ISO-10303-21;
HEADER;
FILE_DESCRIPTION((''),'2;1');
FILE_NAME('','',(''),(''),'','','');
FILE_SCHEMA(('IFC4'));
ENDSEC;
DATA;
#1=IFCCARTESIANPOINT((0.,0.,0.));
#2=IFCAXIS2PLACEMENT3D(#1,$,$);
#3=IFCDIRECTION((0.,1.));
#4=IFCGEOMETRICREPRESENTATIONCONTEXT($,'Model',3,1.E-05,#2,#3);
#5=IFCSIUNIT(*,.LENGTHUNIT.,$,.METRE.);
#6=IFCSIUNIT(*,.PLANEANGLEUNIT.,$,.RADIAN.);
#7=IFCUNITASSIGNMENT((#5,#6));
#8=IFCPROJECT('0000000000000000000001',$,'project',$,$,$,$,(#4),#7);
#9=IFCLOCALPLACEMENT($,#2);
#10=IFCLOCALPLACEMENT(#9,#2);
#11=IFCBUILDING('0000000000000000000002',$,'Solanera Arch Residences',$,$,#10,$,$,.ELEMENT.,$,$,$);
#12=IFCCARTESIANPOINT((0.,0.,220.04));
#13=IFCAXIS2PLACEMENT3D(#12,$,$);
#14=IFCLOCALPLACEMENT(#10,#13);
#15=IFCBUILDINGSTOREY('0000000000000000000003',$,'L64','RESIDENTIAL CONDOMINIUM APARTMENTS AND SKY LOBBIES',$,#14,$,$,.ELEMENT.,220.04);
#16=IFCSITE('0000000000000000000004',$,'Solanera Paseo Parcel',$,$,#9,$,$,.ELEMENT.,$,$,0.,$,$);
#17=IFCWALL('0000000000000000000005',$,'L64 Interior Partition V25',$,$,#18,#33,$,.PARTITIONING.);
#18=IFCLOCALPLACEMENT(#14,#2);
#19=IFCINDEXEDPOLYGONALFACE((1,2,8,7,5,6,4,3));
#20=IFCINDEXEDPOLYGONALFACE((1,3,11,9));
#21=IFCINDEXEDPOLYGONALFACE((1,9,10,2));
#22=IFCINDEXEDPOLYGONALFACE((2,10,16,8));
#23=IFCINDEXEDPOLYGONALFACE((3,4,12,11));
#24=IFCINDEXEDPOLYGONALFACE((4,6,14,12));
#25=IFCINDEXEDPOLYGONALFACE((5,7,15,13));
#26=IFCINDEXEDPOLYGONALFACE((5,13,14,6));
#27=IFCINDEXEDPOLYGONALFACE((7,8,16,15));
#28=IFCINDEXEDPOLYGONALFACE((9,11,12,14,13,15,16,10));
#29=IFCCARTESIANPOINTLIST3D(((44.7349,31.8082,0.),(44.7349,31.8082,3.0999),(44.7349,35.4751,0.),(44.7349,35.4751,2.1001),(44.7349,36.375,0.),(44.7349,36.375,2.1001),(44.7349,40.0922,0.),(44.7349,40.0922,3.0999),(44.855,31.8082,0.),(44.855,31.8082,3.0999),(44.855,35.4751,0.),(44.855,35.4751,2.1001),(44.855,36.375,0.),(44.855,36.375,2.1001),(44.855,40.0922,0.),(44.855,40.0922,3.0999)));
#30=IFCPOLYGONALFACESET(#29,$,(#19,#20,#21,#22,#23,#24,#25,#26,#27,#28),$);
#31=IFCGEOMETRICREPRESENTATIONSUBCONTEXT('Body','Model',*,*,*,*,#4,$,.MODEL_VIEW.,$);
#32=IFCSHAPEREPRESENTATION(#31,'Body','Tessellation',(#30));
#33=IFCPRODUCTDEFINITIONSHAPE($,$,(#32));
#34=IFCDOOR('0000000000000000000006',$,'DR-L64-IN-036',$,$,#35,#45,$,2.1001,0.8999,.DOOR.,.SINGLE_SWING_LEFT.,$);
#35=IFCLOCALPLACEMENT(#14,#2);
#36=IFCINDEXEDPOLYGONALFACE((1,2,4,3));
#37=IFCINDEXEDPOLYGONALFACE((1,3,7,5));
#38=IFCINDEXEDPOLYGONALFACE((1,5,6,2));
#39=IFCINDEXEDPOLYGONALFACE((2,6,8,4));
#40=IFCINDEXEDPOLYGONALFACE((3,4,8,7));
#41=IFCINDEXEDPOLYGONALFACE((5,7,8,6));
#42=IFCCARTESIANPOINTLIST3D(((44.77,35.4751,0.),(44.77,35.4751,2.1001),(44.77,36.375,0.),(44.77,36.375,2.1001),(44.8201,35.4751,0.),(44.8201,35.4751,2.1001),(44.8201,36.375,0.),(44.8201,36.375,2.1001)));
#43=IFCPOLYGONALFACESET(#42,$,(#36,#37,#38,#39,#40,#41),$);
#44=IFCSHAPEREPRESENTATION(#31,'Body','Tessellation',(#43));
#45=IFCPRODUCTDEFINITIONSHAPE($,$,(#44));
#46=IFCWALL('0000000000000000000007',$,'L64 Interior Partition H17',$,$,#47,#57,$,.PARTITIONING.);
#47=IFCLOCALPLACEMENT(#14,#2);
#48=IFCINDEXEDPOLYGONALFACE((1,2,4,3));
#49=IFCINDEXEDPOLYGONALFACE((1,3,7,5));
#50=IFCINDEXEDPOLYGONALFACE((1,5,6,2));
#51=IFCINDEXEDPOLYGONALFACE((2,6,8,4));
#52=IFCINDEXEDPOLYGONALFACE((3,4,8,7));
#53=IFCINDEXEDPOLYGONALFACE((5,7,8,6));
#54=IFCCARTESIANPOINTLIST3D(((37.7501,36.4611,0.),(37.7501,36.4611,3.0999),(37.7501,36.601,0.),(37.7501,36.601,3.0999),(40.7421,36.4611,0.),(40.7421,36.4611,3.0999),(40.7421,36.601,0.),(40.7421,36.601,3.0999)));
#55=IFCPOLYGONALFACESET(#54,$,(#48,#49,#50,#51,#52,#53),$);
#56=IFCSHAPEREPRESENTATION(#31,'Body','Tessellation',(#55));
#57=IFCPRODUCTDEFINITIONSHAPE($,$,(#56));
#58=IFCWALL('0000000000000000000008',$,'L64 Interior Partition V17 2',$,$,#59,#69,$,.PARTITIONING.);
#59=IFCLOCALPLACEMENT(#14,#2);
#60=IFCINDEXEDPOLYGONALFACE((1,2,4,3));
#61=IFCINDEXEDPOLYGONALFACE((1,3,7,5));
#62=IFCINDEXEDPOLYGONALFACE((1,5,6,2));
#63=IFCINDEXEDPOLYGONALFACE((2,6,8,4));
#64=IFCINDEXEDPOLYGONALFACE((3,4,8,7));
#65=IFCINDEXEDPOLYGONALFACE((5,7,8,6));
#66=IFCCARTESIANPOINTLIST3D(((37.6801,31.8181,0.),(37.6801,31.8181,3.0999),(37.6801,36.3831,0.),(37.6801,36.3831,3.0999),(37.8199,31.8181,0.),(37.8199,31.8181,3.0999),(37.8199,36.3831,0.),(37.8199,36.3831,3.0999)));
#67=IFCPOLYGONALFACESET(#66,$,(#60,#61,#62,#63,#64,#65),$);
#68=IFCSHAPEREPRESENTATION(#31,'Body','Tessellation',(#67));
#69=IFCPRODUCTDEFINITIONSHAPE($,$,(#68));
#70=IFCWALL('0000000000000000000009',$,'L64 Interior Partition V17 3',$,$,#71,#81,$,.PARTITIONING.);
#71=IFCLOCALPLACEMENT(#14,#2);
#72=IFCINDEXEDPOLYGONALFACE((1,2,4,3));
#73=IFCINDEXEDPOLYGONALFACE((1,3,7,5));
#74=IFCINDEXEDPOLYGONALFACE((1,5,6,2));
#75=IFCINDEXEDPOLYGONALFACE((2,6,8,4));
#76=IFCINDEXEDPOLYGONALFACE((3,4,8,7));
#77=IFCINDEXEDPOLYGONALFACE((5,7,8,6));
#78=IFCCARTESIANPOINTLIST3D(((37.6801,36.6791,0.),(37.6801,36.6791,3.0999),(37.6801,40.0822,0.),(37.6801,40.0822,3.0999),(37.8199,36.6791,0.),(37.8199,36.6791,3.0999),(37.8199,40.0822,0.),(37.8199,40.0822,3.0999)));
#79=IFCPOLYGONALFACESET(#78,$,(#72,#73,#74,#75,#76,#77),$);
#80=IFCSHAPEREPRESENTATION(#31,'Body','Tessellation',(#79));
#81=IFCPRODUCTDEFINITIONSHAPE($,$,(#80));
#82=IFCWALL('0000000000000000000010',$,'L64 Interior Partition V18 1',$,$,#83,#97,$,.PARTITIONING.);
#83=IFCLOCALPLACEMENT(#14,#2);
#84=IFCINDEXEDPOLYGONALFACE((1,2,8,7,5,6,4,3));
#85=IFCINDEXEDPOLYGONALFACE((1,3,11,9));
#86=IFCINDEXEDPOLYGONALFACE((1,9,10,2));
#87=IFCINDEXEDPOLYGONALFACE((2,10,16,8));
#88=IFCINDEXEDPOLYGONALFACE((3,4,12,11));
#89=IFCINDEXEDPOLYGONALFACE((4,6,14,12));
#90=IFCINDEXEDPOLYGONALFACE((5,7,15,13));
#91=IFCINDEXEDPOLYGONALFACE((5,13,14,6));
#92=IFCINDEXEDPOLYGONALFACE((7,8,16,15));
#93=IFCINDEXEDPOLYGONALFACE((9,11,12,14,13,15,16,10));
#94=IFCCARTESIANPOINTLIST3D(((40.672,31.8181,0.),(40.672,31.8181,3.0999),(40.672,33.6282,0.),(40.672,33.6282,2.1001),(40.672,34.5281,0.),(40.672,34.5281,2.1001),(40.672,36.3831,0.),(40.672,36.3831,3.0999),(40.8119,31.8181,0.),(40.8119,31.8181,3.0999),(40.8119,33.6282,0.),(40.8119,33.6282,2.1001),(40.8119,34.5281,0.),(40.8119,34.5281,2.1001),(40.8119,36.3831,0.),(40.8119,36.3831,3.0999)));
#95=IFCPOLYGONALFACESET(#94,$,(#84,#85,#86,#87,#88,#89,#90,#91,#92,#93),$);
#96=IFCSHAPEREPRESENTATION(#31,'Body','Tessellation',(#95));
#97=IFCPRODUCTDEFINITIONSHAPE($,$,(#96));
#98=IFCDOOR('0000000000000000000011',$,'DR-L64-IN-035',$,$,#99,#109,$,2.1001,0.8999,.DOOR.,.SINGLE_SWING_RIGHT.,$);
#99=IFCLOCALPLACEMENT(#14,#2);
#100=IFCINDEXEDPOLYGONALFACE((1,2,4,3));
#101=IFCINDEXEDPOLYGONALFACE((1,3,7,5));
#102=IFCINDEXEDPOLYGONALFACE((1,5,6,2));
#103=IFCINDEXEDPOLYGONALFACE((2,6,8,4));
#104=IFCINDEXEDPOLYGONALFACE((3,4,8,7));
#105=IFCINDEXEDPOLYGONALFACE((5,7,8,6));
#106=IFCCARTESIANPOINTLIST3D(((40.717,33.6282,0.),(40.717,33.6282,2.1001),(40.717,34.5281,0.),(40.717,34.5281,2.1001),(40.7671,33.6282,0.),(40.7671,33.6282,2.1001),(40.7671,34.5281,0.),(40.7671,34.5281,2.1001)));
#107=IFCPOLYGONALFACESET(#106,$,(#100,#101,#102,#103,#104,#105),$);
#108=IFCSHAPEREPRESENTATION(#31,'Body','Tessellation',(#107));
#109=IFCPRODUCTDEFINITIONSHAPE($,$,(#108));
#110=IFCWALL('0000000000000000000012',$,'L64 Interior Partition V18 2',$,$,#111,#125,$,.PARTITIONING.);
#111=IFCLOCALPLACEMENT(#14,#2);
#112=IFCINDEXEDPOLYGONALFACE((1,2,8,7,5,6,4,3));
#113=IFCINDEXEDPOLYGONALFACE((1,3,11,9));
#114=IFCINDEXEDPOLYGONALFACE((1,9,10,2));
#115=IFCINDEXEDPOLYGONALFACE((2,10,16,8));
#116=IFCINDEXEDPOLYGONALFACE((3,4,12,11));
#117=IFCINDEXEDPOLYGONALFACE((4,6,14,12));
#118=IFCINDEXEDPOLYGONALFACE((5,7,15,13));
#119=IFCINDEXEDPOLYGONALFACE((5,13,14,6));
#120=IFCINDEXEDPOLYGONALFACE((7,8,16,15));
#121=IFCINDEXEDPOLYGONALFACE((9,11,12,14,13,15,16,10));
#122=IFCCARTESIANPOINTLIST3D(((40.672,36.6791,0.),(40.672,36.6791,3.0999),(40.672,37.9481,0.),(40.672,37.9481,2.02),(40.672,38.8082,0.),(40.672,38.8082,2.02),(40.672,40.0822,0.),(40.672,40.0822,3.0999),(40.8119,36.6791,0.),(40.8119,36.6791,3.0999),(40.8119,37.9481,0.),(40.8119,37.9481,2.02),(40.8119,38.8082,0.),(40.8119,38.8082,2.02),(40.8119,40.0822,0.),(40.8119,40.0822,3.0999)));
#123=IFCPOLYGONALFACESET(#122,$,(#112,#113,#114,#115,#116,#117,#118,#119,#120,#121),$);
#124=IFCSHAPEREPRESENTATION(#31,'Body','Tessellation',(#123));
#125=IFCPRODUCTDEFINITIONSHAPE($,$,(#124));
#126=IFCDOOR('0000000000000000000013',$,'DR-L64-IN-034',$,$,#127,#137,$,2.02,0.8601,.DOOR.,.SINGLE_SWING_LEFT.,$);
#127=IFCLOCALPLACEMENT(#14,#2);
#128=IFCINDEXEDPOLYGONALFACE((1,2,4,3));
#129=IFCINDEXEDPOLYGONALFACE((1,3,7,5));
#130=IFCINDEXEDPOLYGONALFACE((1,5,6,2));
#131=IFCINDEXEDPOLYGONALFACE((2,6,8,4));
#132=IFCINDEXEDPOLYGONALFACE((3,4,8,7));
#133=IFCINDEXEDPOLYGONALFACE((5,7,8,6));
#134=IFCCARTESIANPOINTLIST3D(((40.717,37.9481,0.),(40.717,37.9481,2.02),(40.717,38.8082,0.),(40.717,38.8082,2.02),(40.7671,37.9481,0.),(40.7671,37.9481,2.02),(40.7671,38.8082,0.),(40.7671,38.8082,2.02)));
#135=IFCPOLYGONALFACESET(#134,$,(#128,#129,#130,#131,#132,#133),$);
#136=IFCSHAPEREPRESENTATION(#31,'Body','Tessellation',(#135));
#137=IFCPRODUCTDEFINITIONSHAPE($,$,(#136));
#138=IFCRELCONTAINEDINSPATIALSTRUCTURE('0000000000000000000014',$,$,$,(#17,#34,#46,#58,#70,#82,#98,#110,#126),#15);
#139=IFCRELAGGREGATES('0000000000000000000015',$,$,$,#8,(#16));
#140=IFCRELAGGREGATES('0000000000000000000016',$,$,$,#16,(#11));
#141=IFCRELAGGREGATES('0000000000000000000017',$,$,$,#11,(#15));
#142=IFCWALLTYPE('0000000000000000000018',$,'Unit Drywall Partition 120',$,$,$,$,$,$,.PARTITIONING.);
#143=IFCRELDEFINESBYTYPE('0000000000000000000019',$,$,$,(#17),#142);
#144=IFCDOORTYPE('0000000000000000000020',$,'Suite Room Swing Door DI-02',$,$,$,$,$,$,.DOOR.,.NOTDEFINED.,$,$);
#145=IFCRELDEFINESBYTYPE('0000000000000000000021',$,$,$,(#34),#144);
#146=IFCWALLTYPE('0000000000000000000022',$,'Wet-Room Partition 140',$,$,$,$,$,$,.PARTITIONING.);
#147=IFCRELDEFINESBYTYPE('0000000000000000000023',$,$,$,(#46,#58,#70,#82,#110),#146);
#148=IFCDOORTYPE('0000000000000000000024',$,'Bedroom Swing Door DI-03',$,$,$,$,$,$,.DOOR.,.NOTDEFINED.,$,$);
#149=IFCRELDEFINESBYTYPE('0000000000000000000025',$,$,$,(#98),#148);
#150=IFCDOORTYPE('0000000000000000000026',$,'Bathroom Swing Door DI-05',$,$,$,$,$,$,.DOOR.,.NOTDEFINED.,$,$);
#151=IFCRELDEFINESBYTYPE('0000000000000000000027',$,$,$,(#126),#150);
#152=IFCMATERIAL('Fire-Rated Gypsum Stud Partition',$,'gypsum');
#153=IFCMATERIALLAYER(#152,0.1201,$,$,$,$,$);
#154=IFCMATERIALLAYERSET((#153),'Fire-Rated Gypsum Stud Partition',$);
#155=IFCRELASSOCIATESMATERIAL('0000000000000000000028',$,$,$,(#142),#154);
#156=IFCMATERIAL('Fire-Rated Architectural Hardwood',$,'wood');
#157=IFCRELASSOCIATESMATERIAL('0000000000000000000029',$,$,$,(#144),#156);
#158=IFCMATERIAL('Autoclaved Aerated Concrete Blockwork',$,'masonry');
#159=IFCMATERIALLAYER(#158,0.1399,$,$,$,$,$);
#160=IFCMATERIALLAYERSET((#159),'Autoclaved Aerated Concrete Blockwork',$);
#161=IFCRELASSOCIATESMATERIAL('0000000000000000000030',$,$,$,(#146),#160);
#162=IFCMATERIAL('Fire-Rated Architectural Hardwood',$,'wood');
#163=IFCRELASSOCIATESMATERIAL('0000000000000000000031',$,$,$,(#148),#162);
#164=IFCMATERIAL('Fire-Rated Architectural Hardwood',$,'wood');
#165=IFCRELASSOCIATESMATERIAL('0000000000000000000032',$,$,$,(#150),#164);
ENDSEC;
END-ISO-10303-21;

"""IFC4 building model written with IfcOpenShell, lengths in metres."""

from ifc_helpers import new_model, si_unit, direction, frame, frame_2d, origin, place, context, subcontext, project, spatial, rectangle, extrude, material, layer, layer_set, type_object, element, fill, save


model = new_model("IFC4")

# Units and contexts
model_context = context("Model", 3, precision=1e-05, world=origin(), true_north=direction((0.0, 1.0)))
body_context = subcontext(model_context, "Body", "Model", "MODEL_VIEW")
ifc_project = project(units=[si_unit("LENGTHUNIT", "METRE"), si_unit("PLANEANGLEUNIT", "RADIAN")], contexts=[model_context])

# Site, building, storey
site_placement = place(None, origin())
site = spatial("IfcSite", under=ifc_project, at=site_placement, Name="Solanera Paseo Parcel", CompositionType="ELEMENT", RefElevation=0.0)
building_placement = place(site_placement, origin())
building = spatial("IfcBuilding", under=site, at=building_placement, Name="Solanera Arch Residences", CompositionType="ELEMENT")
storey_placement = place(building_placement, frame((0.0, 0.0, 220.04)))
storey = spatial("IfcBuildingStorey", under=building, at=storey_placement, Name="L64", Description="RESIDENTIAL CONDOMINIUM APARTMENTS AND SKY LOBBIES", CompositionType="ELEMENT", Elevation=220.04)

# Wall, opening, door
ifc_material_1 = material(Name="Fire-Rated Gypsum Stud Partition", Category="gypsum")
ifc_layer_1 = layer(ifc_material_1, 0.1201)
ifc_layer_set_1 = layer_set([ifc_layer_1], Name="Fire-Rated Gypsum Stud Partition")
wall_type_1 = type_object("IfcWallType", Name="Unit Drywall Partition 120", PredefinedType="PARTITIONING", material=ifc_layer_set_1)
wall_1_placement = place(storey_placement, frame((44.7949, 31.8081, 0.0), z_axis=(0.0, 0.0, 1.0), x_axis=(0.0, 1.0, 0.0)))
wall_1 = element("IfcWall", 1, at=wall_1_placement, inside=storey, type_object=wall_type_1, Name="L64 Interior Partition V25", PredefinedType="PARTITIONING", context=body_context, shape_type="SweptSolid", body=[
    extrude(rectangle(XDim=8.2839, YDim=0.1201, at=frame_2d((4.1421, 0.0))), origin(), (0.0, 0.0, 1.0), 3.0999),
])
opening_1_placement = place(wall_1_placement, frame((3.667, 0.0, 0.0)))
opening_1 = element("IfcOpeningElement", 2, at=opening_1_placement, cuts=wall_1, PredefinedType="OPENING", context=body_context, shape_type="SweptSolid", body=[
    extrude(rectangle(XDim=0.8999, YDim=2.1001, at=frame_2d((0.45, 1.05))), frame((0.0, 0.0701, 0.0), z_axis=(0.0, -1.0, 0.0), x_axis=(1.0, 0.0, 0.0)), (0.0, 0.0, 1.0), 0.1401),
])
ifc_material_2 = material(Name="Fire-Rated Architectural Hardwood", Category="wood")
door_type_1 = type_object("IfcDoorType", Name="Suite Room Swing Door DI-02", OperationType="NOTDEFINED", PredefinedType="DOOR", material=ifc_material_2)
door_1_placement = place(opening_1_placement, origin())
door_1 = element("IfcDoor", 3, at=door_1_placement, inside=storey, type_object=door_type_1, Name="DR-L64-IN-036", OperationType="SINGLE_SWING_LEFT", OverallHeight=2.1001, OverallWidth=0.8999, PredefinedType="DOOR", context=body_context, shape_type="SweptSolid", body=[
    extrude(rectangle(XDim=0.8999, YDim=2.1001, at=frame_2d((0.45, 1.05))), frame((0.0, 0.0249, 0.0), z_axis=(0.0, -1.0, 0.0), x_axis=(1.0, 0.0, 0.0)), (0.0, 0.0, 1.0), 0.05),
])
fill(opening_1, door_1)

# Walls
ifc_material_3 = material(Name="Autoclaved Aerated Concrete Blockwork", Category="masonry")
ifc_layer_2 = layer(ifc_material_3, 0.1399)
ifc_layer_set_2 = layer_set([ifc_layer_2], Name="Autoclaved Aerated Concrete Blockwork")
wall_type_2 = type_object("IfcWallType", Name="Wet-Room Partition 140", PredefinedType="PARTITIONING", material=ifc_layer_set_2)
wall_2_placement = place(storey_placement, frame((37.75, 36.531, 0.0), z_axis=(0.0, 0.0, 1.0), x_axis=(1.0, 0.0, 0.0)))
element("IfcWall", 4, at=wall_2_placement, inside=storey, type_object=wall_type_2, Name="L64 Interior Partition H17", PredefinedType="PARTITIONING", context=body_context, shape_type="SweptSolid", body=[
    extrude(rectangle(XDim=2.9919, YDim=0.1399, at=frame_2d((1.4961, 0.0))), origin(), (0.0, 0.0, 1.0), 3.0999),
])
wall_3_placement = place(storey_placement, frame((37.75, 31.8181, 0.0), z_axis=(0.0, 0.0, 1.0), x_axis=(0.0, 1.0, 0.0)))
element("IfcWall", 5, at=wall_3_placement, inside=storey, type_object=wall_type_2, Name="L64 Interior Partition V17 2", PredefinedType="PARTITIONING", context=body_context, shape_type="SweptSolid", body=[
    extrude(rectangle(XDim=4.5649, YDim=0.1399, at=frame_2d((2.2825, 0.0))), origin(), (0.0, 0.0, 1.0), 3.0999),
])
wall_4_placement = place(storey_placement, frame((37.75, 36.679, 0.0), z_axis=(0.0, 0.0, 1.0), x_axis=(0.0, 1.0, 0.0)))
element("IfcWall", 6, at=wall_4_placement, inside=storey, type_object=wall_type_2, Name="L64 Interior Partition V17 3", PredefinedType="PARTITIONING", context=body_context, shape_type="SweptSolid", body=[
    extrude(rectangle(XDim=3.4031, YDim=0.1399, at=frame_2d((1.7017, 0.0))), origin(), (0.0, 0.0, 1.0), 3.0999),
])

# Walls, openings, doors
wall_5_placement = place(storey_placement, frame((40.7419, 31.8181, 0.0), z_axis=(0.0, 0.0, 1.0), x_axis=(0.0, 1.0, 0.0)))
wall_5 = element("IfcWall", 7, at=wall_5_placement, inside=storey, type_object=wall_type_2, Name="L64 Interior Partition V18 1", PredefinedType="PARTITIONING", context=body_context, shape_type="SweptSolid", body=[
    extrude(rectangle(XDim=4.5649, YDim=0.1399, at=frame_2d((2.2825, 0.0))), origin(), (0.0, 0.0, 1.0), 3.0999),
])
opening_2_placement = place(wall_5_placement, frame((1.8101, 0.0, 0.0)))
opening_2 = element("IfcOpeningElement", 8, at=opening_2_placement, cuts=wall_5, PredefinedType="OPENING", context=body_context, shape_type="SweptSolid", body=[
    extrude(rectangle(XDim=0.8999, YDim=2.1001, at=frame_2d((0.45, 1.05))), frame((0.0, 0.0798, 0.0), z_axis=(0.0, -1.0, 0.0), x_axis=(1.0, 0.0, 0.0)), (0.0, 0.0, 1.0), 0.1599),
])
ifc_material_4 = material(Name="Fire-Rated Architectural Hardwood", Category="wood")
door_type_2 = type_object("IfcDoorType", Name="Bedroom Swing Door DI-03", OperationType="NOTDEFINED", PredefinedType="DOOR", material=ifc_material_4)
door_2_placement = place(opening_2_placement, origin())
door_2 = element("IfcDoor", 9, at=door_2_placement, inside=storey, type_object=door_type_2, Name="DR-L64-IN-035", OperationType="SINGLE_SWING_RIGHT", OverallHeight=2.1001, OverallWidth=0.8999, PredefinedType="DOOR", context=body_context, shape_type="SweptSolid", body=[
    extrude(rectangle(XDim=0.8999, YDim=2.1001, at=frame_2d((0.45, 1.05))), frame((0.0, 0.0249, 0.0), z_axis=(0.0, -1.0, 0.0), x_axis=(1.0, 0.0, 0.0)), (0.0, 0.0, 1.0), 0.05),
])
fill(opening_2, door_2)
wall_6_placement = place(storey_placement, frame((40.7419, 36.679, 0.0), z_axis=(0.0, 0.0, 1.0), x_axis=(0.0, 1.0, 0.0)))
wall_6 = element("IfcWall", 10, at=wall_6_placement, inside=storey, type_object=wall_type_2, Name="L64 Interior Partition V18 2", PredefinedType="PARTITIONING", context=body_context, shape_type="SweptSolid", body=[
    extrude(rectangle(XDim=3.4031, YDim=0.1399, at=frame_2d((1.7017, 0.0))), origin(), (0.0, 0.0, 1.0), 3.0999),
])
opening_3_placement = place(wall_6_placement, frame((1.269, 0.0, 0.0)))
opening_3 = element("IfcOpeningElement", 11, at=opening_3_placement, cuts=wall_6, PredefinedType="OPENING", context=body_context, shape_type="SweptSolid", body=[
    extrude(rectangle(XDim=0.8601, YDim=2.02, at=frame_2d((0.4302, 1.01))), frame((0.0, 0.0798, 0.0), z_axis=(0.0, -1.0, 0.0), x_axis=(1.0, 0.0, 0.0)), (0.0, 0.0, 1.0), 0.1599),
])
ifc_material_5 = material(Name="Fire-Rated Architectural Hardwood", Category="wood")
door_type_3 = type_object("IfcDoorType", Name="Bathroom Swing Door DI-05", OperationType="NOTDEFINED", PredefinedType="DOOR", material=ifc_material_5)
door_3_placement = place(opening_3_placement, origin())
door_3 = element("IfcDoor", 12, at=door_3_placement, inside=storey, type_object=door_type_3, Name="DR-L64-IN-034", OperationType="SINGLE_SWING_LEFT", OverallHeight=2.02, OverallWidth=0.8601, PredefinedType="DOOR", context=body_context, shape_type="SweptSolid", body=[
    extrude(rectangle(XDim=0.8601, YDim=2.02, at=frame_2d((0.4302, 1.01))), frame((0.0, 0.0249, 0.0), z_axis=(0.0, -1.0, 0.0), x_axis=(1.0, 0.0, 0.0)), (0.0, 0.0, 1.0), 0.05),
])
fill(opening_3, door_3)

save(model, "model.ifc")
